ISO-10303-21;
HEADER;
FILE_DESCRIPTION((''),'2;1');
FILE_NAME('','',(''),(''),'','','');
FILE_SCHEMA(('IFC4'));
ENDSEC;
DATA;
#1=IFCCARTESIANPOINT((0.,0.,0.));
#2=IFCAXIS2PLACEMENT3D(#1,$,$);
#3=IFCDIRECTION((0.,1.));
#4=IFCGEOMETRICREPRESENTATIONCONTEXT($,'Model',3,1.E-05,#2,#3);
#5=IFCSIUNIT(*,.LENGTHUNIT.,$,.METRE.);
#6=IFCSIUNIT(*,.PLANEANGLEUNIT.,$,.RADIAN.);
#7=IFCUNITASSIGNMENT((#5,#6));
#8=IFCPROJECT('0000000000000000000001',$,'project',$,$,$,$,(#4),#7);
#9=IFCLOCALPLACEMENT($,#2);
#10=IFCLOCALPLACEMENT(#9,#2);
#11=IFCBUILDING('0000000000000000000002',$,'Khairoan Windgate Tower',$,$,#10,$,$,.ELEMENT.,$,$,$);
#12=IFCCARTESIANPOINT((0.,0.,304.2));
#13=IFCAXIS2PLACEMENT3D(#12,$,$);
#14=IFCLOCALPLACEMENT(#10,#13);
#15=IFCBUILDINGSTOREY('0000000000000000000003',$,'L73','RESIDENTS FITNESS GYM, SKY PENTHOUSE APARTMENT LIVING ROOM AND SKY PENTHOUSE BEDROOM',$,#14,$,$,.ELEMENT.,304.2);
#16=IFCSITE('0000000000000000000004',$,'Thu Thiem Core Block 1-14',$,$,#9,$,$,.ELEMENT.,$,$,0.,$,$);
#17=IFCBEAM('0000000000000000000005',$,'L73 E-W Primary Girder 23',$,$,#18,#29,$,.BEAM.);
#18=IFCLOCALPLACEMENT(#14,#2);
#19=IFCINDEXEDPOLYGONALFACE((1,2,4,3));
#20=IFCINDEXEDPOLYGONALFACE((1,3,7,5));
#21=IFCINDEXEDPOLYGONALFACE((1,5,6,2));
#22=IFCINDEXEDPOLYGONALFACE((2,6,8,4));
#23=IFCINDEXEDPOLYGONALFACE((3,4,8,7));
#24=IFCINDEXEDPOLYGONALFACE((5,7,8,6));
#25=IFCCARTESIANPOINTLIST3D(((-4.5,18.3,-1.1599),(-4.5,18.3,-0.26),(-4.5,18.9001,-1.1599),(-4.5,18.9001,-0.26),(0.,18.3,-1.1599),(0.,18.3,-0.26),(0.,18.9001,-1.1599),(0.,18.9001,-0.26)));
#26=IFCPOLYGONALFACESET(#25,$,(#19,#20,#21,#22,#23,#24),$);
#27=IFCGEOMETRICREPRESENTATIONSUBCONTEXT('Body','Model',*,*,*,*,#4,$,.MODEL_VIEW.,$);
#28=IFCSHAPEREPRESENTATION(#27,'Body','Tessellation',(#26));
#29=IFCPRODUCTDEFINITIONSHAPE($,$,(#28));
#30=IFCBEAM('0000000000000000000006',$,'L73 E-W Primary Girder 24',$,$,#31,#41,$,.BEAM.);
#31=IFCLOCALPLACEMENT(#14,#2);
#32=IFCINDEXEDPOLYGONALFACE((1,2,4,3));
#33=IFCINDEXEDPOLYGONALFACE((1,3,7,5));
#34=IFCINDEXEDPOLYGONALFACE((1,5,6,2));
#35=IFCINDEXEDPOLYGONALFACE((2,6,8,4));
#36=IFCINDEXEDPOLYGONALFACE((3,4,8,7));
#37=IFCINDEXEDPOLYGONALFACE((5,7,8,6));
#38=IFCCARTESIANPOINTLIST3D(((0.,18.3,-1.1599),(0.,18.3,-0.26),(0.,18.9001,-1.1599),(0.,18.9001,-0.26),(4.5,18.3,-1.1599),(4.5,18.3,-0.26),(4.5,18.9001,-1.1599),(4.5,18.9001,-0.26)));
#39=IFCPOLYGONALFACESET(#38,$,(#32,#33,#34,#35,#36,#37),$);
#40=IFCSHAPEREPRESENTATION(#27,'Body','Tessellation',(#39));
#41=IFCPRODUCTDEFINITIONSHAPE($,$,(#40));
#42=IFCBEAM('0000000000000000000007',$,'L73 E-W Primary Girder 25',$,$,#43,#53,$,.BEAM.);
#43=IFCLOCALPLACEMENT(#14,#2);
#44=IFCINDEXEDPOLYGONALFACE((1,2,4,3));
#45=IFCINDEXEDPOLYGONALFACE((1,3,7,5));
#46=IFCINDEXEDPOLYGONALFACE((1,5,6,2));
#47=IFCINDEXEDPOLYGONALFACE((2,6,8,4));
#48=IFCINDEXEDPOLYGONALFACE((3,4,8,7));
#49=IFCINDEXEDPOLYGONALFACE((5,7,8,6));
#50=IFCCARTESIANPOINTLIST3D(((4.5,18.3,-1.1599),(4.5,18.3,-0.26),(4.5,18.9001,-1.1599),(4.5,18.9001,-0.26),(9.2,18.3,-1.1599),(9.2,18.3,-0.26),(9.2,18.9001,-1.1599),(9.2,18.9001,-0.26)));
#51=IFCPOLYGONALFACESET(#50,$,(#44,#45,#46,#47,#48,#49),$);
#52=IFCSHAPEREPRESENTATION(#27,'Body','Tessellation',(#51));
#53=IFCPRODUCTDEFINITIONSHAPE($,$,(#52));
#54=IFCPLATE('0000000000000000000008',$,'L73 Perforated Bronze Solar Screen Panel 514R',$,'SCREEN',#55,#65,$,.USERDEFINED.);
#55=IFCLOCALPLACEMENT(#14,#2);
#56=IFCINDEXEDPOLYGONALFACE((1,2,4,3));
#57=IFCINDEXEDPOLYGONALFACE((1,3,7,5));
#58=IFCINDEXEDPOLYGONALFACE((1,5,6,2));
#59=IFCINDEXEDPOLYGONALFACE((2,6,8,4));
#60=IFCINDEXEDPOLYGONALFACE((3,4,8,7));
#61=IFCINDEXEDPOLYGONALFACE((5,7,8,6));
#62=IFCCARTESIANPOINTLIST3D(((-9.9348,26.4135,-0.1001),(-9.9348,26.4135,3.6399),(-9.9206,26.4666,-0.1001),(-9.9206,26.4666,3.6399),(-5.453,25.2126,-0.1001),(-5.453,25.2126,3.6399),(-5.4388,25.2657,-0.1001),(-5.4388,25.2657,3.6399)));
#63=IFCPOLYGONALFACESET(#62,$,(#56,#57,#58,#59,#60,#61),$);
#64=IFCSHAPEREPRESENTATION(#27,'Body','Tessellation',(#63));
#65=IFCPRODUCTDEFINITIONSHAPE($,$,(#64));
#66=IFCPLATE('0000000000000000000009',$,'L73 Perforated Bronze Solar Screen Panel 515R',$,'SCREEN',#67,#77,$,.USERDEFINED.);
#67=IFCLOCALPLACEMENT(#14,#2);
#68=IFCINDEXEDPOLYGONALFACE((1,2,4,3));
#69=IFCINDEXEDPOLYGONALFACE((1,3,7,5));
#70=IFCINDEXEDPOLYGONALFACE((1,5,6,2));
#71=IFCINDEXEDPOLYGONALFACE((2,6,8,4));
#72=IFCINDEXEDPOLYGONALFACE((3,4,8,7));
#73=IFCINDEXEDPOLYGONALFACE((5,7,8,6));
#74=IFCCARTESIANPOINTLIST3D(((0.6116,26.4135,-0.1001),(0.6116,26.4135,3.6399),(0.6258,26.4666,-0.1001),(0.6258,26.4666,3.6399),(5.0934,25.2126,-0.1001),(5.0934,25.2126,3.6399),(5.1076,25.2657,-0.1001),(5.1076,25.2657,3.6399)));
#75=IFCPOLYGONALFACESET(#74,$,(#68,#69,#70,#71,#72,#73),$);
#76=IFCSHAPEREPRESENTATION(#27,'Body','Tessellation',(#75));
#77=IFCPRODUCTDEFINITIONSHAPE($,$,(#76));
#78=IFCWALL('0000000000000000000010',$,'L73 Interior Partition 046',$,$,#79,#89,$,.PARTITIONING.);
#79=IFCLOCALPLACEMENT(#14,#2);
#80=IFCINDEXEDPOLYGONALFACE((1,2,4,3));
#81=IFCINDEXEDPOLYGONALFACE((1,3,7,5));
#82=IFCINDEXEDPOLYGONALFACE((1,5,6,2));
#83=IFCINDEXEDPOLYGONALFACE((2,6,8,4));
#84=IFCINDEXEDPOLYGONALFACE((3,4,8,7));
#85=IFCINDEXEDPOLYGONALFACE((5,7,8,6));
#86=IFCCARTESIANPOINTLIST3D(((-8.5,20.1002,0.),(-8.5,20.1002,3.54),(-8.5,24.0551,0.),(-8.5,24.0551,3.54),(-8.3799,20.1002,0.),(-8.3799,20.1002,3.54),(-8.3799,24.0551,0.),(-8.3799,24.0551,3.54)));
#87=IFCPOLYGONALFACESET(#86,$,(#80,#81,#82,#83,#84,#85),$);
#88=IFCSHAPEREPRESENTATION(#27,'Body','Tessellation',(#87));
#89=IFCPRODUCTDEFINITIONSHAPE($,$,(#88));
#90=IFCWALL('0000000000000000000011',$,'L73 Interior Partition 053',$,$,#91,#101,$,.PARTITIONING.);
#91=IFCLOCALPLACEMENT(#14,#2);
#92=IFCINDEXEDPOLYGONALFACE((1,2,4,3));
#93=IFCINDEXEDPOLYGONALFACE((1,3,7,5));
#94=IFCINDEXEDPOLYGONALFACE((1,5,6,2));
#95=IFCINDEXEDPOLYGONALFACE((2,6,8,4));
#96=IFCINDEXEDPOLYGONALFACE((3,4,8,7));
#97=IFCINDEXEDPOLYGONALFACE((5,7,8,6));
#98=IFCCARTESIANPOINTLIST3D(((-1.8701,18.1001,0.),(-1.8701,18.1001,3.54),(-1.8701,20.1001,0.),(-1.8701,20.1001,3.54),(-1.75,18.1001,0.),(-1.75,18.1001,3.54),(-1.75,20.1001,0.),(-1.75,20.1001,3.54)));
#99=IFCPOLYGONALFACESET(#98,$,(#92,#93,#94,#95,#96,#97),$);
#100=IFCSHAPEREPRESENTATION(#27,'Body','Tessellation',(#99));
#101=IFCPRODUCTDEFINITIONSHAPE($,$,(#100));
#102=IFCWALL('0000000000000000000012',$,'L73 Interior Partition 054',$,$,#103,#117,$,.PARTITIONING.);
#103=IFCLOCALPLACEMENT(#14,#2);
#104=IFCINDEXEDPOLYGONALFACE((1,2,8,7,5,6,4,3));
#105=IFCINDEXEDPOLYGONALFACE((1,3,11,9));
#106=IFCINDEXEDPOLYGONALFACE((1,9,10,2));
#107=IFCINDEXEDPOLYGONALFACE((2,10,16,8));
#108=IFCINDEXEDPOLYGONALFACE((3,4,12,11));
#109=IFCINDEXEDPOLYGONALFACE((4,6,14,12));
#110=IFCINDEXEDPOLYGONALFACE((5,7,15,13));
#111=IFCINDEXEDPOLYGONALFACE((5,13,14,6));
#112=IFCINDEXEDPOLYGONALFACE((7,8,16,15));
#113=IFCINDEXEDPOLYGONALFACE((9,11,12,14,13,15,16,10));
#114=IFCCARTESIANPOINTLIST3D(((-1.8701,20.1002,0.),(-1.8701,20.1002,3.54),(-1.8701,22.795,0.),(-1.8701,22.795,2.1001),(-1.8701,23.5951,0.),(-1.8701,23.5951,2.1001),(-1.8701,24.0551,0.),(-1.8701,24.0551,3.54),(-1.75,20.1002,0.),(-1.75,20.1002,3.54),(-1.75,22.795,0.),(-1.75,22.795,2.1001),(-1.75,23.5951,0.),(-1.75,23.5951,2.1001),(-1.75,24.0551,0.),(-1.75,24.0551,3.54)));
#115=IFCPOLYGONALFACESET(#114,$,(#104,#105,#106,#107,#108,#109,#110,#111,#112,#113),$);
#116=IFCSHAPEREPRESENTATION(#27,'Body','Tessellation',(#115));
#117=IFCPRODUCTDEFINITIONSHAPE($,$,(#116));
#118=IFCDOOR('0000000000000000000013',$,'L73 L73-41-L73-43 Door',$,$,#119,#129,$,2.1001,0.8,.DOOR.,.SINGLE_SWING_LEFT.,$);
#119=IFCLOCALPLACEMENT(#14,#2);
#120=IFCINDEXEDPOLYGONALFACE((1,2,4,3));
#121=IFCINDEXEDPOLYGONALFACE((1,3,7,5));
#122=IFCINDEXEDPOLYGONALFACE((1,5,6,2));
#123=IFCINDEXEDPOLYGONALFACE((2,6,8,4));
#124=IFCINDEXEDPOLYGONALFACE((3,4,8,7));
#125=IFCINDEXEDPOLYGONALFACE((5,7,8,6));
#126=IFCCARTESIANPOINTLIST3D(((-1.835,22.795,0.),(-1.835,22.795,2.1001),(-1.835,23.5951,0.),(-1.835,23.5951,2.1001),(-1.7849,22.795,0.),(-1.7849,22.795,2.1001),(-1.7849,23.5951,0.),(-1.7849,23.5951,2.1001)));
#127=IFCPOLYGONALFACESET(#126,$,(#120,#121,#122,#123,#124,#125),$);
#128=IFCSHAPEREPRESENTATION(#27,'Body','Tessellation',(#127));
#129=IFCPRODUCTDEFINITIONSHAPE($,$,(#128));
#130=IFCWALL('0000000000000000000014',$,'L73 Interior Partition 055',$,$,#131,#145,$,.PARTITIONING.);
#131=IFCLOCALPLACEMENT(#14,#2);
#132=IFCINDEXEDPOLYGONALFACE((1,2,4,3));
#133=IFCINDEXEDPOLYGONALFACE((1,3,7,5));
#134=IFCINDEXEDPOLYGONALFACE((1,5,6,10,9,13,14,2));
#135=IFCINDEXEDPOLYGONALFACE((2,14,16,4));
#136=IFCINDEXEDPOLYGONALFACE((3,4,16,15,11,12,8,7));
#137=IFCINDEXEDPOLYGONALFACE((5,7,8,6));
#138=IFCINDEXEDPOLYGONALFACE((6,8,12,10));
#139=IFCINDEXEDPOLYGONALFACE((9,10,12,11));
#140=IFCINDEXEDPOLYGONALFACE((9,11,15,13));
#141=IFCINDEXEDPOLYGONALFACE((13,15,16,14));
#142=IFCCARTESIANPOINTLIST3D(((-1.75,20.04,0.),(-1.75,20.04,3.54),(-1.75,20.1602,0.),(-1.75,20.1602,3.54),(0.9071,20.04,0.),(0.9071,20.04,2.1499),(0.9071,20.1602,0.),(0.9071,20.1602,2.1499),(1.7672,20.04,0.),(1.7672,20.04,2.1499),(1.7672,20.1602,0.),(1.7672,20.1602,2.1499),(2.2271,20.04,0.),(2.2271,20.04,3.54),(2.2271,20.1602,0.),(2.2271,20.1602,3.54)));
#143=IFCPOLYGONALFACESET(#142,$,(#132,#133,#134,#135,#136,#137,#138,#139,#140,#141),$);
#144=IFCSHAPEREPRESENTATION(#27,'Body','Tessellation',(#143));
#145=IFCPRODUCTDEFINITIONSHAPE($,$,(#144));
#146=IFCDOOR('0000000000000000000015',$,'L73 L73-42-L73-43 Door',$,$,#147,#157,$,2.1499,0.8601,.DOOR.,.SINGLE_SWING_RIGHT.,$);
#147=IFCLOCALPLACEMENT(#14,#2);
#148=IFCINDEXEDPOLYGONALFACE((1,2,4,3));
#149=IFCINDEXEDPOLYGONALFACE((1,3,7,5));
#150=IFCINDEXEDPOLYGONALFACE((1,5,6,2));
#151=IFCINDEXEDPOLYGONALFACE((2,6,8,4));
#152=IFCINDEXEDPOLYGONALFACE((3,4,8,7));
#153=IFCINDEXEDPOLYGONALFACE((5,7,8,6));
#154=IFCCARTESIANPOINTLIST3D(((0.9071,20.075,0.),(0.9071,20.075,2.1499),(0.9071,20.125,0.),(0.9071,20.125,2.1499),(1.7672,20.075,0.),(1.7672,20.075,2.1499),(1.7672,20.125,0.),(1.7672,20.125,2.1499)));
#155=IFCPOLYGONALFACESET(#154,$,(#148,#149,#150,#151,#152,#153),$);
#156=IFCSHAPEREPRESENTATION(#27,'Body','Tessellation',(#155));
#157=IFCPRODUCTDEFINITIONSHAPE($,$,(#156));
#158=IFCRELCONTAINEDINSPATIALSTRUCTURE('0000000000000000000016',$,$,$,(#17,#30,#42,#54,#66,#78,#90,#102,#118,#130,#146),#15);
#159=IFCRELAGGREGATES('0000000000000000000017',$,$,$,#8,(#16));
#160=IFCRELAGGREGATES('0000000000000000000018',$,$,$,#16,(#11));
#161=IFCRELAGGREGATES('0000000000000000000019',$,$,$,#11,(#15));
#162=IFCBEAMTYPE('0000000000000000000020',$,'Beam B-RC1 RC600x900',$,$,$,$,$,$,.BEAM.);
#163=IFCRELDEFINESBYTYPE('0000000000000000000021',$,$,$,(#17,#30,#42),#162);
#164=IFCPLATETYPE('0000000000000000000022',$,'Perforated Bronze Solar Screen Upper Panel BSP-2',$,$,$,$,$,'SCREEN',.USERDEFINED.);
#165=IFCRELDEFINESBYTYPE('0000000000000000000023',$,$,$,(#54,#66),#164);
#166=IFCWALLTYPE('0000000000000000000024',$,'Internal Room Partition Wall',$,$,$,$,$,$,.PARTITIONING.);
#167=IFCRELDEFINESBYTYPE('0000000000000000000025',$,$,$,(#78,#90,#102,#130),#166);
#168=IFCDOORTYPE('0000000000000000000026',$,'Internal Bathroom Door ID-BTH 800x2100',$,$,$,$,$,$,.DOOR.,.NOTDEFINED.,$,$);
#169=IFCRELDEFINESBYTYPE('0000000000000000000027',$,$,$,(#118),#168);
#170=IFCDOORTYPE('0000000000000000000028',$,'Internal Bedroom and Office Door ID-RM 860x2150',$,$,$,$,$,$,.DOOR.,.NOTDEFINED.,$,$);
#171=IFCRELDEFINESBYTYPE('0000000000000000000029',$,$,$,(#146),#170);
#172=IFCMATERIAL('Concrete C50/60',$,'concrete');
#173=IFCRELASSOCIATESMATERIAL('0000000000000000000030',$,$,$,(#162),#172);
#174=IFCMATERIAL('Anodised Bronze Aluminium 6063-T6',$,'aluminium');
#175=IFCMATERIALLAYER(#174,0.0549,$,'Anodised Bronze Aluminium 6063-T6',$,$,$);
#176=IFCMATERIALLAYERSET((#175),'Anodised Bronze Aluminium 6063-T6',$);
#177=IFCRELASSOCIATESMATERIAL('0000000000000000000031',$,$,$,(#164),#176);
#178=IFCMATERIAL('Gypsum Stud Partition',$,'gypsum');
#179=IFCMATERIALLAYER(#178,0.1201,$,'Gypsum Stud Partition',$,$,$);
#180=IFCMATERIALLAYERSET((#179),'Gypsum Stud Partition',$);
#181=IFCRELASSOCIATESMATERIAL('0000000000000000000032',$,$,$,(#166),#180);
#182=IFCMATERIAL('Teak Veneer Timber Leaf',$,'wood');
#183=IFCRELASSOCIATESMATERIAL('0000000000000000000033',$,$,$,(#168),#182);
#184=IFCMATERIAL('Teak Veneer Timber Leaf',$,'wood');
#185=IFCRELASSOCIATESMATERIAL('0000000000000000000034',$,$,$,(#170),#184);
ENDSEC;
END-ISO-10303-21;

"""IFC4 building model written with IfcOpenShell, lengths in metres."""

from ifc_helpers import new_model, si_unit, direction, frame, frame_2d, origin, origin_2d, place, context, subcontext, project, spatial, rectangle, extrude, material, layer, layer_set, material_profile, profile_set, type_object, element, fill, save


model = new_model("IFC4")

# Units and contexts
model_context = context("Model", 3, precision=1e-05, world=origin(), true_north=direction((0.0, 1.0)))
body_context = subcontext(model_context, "Body", "Model", "MODEL_VIEW")
ifc_project = project(units=[si_unit("LENGTHUNIT", "METRE"), si_unit("PLANEANGLEUNIT", "RADIAN")], contexts=[model_context])

# Site, building, storey
site_placement = place(None, origin())
site = spatial("IfcSite", under=ifc_project, at=site_placement, Name="Thu Thiem Core Block 1-14", CompositionType="ELEMENT", RefElevation=0.0)
building_placement = place(site_placement, origin())
building = spatial("IfcBuilding", under=site, at=building_placement, Name="Khairoan Windgate Tower", CompositionType="ELEMENT")
storey_placement = place(building_placement, frame((0.0, 0.0, 304.2)))
storey = spatial("IfcBuildingStorey", under=building, at=storey_placement, Name="L73", Description="RESIDENTS FITNESS GYM, SKY PENTHOUSE APARTMENT LIVING ROOM AND SKY PENTHOUSE BEDROOM", CompositionType="ELEMENT", Elevation=304.2)

# Beams
ifc_material_1 = material(Name="Concrete C50/60", Category="concrete")
ifc_material_profile_1 = material_profile(ifc_material_1, rectangle(XDim=0.6001, YDim=0.8999, at=origin_2d()))
ifc_profile_set_1 = profile_set([ifc_material_profile_1], Name="Concrete C50/60")
beam_type = type_object("IfcBeamType", Name="Beam B-RC1 RC600x900", PredefinedType="BEAM", material=ifc_profile_set_1)
for number, where, z_axis, x_axis, name in (
    (1, (-4.5, 18.6001, -0.71), (1.0, 0.0, 0.0), (0.0, 1.0, 0.0), "L73 E-W Primary Girder 23"),
    (2, (0.0, 18.6001, -0.71), (1.0, 0.0, 0.0), (0.0, 1.0, 0.0), "L73 E-W Primary Girder 24"),
):
    element("IfcBeam", number, at=place(storey_placement, frame(where, z_axis=z_axis, x_axis=x_axis)), inside=storey, type_object=beam_type, Name=name, PredefinedType="BEAM", context=body_context, shape_type="SweptSolid", body=[
        extrude(rectangle(XDim=0.6001, YDim=0.8999, at=origin_2d()), origin(), (0.0, 0.0, 1.0), 4.5),
    ])
beam_1_placement = place(storey_placement, frame((4.5, 18.6001, -0.71), z_axis=(1.0, 0.0, 0.0), x_axis=(0.0, 1.0, 0.0)))
element("IfcBeam", 3, at=beam_1_placement, inside=storey, type_object=beam_type, Name="L73 E-W Primary Girder 25", PredefinedType="BEAM", context=body_context, shape_type="SweptSolid", body=[
    extrude(rectangle(XDim=0.6001, YDim=0.8999, at=origin_2d()), origin(), (0.0, 0.0, 1.0), 4.7),
])

# Plates
ifc_material_2 = material(Name="Anodised Bronze Aluminium 6063-T6", Category="aluminium")
ifc_layer_1 = layer(ifc_material_2, 0.0549, Name="Anodised Bronze Aluminium 6063-T6")
ifc_layer_set_1 = layer_set([ifc_layer_1], Name="Anodised Bronze Aluminium 6063-T6")
plate_type = type_object("IfcPlateType", Name="Perforated Bronze Solar Screen Upper Panel BSP-2", ElementType="SCREEN", PredefinedType="USERDEFINED", material=ifc_layer_set_1)
for number, where, z_axis, x_axis, name in (
    (4, (-7.6868, 25.8396, -0.1001), (0.0, 0.0, 1.0), (0.965926, -0.258819, 0.0), "L73 Perforated Bronze Solar Screen Panel 514R"),
    (5, (2.8596, 25.8396, -0.1001), (0.0, 0.0, 1.0), (0.965926, -0.258819, 0.0), "L73 Perforated Bronze Solar Screen Panel 515R"),
):
    element("IfcPlate", number, at=place(storey_placement, frame(where, z_axis=z_axis, x_axis=x_axis)), inside=storey, type_object=plate_type, Name=name, ObjectType="SCREEN", PredefinedType="USERDEFINED", context=body_context, shape_type="SweptSolid", body=[
        extrude(rectangle(XDim=4.6399, YDim=0.0549, at=origin_2d()), origin(), (0.0, 0.0, 1.0), 3.74),
    ])

# Walls
ifc_material_3 = material(Name="Gypsum Stud Partition", Category="gypsum")
ifc_layer_2 = layer(ifc_material_3, 0.1201, Name="Gypsum Stud Partition")
ifc_layer_set_2 = layer_set([ifc_layer_2], Name="Gypsum Stud Partition")
wall_type = type_object("IfcWallType", Name="Internal Room Partition Wall", PredefinedType="PARTITIONING", material=ifc_layer_set_2)
wall_1_placement = place(storey_placement, frame((-8.4399, 20.1001, 0.0), z_axis=(0.0, 0.0, 1.0), x_axis=(0.0, 1.0, 0.0)))
element("IfcWall", 6, at=wall_1_placement, inside=storey, type_object=wall_type, Name="L73 Interior Partition 046", PredefinedType="PARTITIONING", context=body_context, shape_type="SweptSolid", body=[
    extrude(rectangle(XDim=3.9548, YDim=0.1201, at=frame_2d((1.9775, 0.0))), origin(), (0.0, 0.0, 1.0), 3.54),
])
wall_2_placement = place(storey_placement, frame((-1.8101, 18.1001, 0.0), z_axis=(0.0, 0.0, 1.0), x_axis=(0.0, 1.0, 0.0)))
element("IfcWall", 7, at=wall_2_placement, inside=storey, type_object=wall_type, Name="L73 Interior Partition 053", PredefinedType="PARTITIONING", context=body_context, shape_type="SweptSolid", body=[
    extrude(rectangle(XDim=2.0, YDim=0.1201, at=frame_2d((1.0, 0.0))), origin(), (0.0, 0.0, 1.0), 3.54),
])

# Walls, openings, doors
wall_3_placement = place(storey_placement, frame((-1.8101, 20.1001, 0.0), z_axis=(0.0, 0.0, 1.0), x_axis=(0.0, 1.0, 0.0)))
wall_3 = element("IfcWall", 8, at=wall_3_placement, inside=storey, type_object=wall_type, Name="L73 Interior Partition 054", PredefinedType="PARTITIONING", context=body_context, shape_type="SweptSolid", body=[
    extrude(rectangle(XDim=3.9548, YDim=0.1201, at=frame_2d((1.9775, 0.0))), origin(), (0.0, 0.0, 1.0), 3.54),
])
opening_1_placement = place(wall_3_placement, frame((2.6951, 0.0, 0.0)))
opening_1 = element("IfcOpeningElement", 9, at=opening_1_placement, cuts=wall_3, PredefinedType="OPENING", context=body_context, shape_type="SweptSolid", body=[
    extrude(rectangle(XDim=0.8, YDim=2.1001, at=frame_2d((0.3999, 1.05))), frame((0.0, 0.0701, 0.0), z_axis=(0.0, -1.0, 0.0), x_axis=(1.0, 0.0, 0.0)), (0.0, 0.0, 1.0), 0.1401),
])
ifc_material_4 = material(Name="Teak Veneer Timber Leaf", Category="wood")
door_type_1 = type_object("IfcDoorType", Name="Internal Bathroom Door ID-BTH 800x2100", OperationType="NOTDEFINED", PredefinedType="DOOR", material=ifc_material_4)
door_1_placement = place(opening_1_placement, origin())
door_1 = element("IfcDoor", 10, at=door_1_placement, inside=storey, type_object=door_type_1, Name="L73 L73-41-L73-43 Door", OperationType="SINGLE_SWING_LEFT", OverallHeight=2.1001, OverallWidth=0.8, PredefinedType="DOOR", context=body_context, shape_type="SweptSolid", body=[
    extrude(rectangle(XDim=0.8, YDim=2.1001, at=frame_2d((0.3999, 1.05))), frame((0.0, 0.0249, 0.0), z_axis=(0.0, -1.0, 0.0), x_axis=(1.0, 0.0, 0.0)), (0.0, 0.0, 1.0), 0.05),
])
fill(opening_1, door_1)
wall_4_placement = place(storey_placement, frame((-1.75, 20.1001, 0.0), z_axis=(0.0, 0.0, 1.0), x_axis=(1.0, 0.0, 0.0)))
wall_4 = element("IfcWall", 11, at=wall_4_placement, inside=storey, type_object=wall_type, Name="L73 Interior Partition 055", PredefinedType="PARTITIONING", context=body_context, shape_type="SweptSolid", body=[
    extrude(rectangle(XDim=3.9771, YDim=0.1201, at=frame_2d((1.9885, 0.0))), origin(), (0.0, 0.0, 1.0), 3.54),
])
opening_2_placement = place(wall_4_placement, frame((2.657, 0.0, 0.0)))
opening_2 = element("IfcOpeningElement", 12, at=opening_2_placement, cuts=wall_4, PredefinedType="OPENING", context=body_context, shape_type="SweptSolid", body=[
    extrude(rectangle(XDim=0.8601, YDim=2.1499, at=frame_2d((0.4302, 1.075))), frame((0.0, 0.0701, 0.0), z_axis=(0.0, -1.0, 0.0), x_axis=(1.0, 0.0, 0.0)), (0.0, 0.0, 1.0), 0.1401),
])
ifc_material_5 = material(Name="Teak Veneer Timber Leaf", Category="wood")
door_type_2 = type_object("IfcDoorType", Name="Internal Bedroom and Office Door ID-RM 860x2150", OperationType="NOTDEFINED", PredefinedType="DOOR", material=ifc_material_5)
door_2_placement = place(opening_2_placement, origin())
door_2 = element("IfcDoor", 13, at=door_2_placement, inside=storey, type_object=door_type_2, Name="L73 L73-42-L73-43 Door", OperationType="SINGLE_SWING_RIGHT", OverallHeight=2.1499, OverallWidth=0.8601, PredefinedType="DOOR", context=body_context, shape_type="SweptSolid", body=[
    extrude(rectangle(XDim=0.8601, YDim=2.1499, at=frame_2d((0.4302, 1.075))), frame((0.0, 0.0249, 0.0), z_axis=(0.0, -1.0, 0.0), x_axis=(1.0, 0.0, 0.0)), (0.0, 0.0, 1.0), 0.05),
])
fill(opening_2, door_2)

save(model, "model.ifc")
